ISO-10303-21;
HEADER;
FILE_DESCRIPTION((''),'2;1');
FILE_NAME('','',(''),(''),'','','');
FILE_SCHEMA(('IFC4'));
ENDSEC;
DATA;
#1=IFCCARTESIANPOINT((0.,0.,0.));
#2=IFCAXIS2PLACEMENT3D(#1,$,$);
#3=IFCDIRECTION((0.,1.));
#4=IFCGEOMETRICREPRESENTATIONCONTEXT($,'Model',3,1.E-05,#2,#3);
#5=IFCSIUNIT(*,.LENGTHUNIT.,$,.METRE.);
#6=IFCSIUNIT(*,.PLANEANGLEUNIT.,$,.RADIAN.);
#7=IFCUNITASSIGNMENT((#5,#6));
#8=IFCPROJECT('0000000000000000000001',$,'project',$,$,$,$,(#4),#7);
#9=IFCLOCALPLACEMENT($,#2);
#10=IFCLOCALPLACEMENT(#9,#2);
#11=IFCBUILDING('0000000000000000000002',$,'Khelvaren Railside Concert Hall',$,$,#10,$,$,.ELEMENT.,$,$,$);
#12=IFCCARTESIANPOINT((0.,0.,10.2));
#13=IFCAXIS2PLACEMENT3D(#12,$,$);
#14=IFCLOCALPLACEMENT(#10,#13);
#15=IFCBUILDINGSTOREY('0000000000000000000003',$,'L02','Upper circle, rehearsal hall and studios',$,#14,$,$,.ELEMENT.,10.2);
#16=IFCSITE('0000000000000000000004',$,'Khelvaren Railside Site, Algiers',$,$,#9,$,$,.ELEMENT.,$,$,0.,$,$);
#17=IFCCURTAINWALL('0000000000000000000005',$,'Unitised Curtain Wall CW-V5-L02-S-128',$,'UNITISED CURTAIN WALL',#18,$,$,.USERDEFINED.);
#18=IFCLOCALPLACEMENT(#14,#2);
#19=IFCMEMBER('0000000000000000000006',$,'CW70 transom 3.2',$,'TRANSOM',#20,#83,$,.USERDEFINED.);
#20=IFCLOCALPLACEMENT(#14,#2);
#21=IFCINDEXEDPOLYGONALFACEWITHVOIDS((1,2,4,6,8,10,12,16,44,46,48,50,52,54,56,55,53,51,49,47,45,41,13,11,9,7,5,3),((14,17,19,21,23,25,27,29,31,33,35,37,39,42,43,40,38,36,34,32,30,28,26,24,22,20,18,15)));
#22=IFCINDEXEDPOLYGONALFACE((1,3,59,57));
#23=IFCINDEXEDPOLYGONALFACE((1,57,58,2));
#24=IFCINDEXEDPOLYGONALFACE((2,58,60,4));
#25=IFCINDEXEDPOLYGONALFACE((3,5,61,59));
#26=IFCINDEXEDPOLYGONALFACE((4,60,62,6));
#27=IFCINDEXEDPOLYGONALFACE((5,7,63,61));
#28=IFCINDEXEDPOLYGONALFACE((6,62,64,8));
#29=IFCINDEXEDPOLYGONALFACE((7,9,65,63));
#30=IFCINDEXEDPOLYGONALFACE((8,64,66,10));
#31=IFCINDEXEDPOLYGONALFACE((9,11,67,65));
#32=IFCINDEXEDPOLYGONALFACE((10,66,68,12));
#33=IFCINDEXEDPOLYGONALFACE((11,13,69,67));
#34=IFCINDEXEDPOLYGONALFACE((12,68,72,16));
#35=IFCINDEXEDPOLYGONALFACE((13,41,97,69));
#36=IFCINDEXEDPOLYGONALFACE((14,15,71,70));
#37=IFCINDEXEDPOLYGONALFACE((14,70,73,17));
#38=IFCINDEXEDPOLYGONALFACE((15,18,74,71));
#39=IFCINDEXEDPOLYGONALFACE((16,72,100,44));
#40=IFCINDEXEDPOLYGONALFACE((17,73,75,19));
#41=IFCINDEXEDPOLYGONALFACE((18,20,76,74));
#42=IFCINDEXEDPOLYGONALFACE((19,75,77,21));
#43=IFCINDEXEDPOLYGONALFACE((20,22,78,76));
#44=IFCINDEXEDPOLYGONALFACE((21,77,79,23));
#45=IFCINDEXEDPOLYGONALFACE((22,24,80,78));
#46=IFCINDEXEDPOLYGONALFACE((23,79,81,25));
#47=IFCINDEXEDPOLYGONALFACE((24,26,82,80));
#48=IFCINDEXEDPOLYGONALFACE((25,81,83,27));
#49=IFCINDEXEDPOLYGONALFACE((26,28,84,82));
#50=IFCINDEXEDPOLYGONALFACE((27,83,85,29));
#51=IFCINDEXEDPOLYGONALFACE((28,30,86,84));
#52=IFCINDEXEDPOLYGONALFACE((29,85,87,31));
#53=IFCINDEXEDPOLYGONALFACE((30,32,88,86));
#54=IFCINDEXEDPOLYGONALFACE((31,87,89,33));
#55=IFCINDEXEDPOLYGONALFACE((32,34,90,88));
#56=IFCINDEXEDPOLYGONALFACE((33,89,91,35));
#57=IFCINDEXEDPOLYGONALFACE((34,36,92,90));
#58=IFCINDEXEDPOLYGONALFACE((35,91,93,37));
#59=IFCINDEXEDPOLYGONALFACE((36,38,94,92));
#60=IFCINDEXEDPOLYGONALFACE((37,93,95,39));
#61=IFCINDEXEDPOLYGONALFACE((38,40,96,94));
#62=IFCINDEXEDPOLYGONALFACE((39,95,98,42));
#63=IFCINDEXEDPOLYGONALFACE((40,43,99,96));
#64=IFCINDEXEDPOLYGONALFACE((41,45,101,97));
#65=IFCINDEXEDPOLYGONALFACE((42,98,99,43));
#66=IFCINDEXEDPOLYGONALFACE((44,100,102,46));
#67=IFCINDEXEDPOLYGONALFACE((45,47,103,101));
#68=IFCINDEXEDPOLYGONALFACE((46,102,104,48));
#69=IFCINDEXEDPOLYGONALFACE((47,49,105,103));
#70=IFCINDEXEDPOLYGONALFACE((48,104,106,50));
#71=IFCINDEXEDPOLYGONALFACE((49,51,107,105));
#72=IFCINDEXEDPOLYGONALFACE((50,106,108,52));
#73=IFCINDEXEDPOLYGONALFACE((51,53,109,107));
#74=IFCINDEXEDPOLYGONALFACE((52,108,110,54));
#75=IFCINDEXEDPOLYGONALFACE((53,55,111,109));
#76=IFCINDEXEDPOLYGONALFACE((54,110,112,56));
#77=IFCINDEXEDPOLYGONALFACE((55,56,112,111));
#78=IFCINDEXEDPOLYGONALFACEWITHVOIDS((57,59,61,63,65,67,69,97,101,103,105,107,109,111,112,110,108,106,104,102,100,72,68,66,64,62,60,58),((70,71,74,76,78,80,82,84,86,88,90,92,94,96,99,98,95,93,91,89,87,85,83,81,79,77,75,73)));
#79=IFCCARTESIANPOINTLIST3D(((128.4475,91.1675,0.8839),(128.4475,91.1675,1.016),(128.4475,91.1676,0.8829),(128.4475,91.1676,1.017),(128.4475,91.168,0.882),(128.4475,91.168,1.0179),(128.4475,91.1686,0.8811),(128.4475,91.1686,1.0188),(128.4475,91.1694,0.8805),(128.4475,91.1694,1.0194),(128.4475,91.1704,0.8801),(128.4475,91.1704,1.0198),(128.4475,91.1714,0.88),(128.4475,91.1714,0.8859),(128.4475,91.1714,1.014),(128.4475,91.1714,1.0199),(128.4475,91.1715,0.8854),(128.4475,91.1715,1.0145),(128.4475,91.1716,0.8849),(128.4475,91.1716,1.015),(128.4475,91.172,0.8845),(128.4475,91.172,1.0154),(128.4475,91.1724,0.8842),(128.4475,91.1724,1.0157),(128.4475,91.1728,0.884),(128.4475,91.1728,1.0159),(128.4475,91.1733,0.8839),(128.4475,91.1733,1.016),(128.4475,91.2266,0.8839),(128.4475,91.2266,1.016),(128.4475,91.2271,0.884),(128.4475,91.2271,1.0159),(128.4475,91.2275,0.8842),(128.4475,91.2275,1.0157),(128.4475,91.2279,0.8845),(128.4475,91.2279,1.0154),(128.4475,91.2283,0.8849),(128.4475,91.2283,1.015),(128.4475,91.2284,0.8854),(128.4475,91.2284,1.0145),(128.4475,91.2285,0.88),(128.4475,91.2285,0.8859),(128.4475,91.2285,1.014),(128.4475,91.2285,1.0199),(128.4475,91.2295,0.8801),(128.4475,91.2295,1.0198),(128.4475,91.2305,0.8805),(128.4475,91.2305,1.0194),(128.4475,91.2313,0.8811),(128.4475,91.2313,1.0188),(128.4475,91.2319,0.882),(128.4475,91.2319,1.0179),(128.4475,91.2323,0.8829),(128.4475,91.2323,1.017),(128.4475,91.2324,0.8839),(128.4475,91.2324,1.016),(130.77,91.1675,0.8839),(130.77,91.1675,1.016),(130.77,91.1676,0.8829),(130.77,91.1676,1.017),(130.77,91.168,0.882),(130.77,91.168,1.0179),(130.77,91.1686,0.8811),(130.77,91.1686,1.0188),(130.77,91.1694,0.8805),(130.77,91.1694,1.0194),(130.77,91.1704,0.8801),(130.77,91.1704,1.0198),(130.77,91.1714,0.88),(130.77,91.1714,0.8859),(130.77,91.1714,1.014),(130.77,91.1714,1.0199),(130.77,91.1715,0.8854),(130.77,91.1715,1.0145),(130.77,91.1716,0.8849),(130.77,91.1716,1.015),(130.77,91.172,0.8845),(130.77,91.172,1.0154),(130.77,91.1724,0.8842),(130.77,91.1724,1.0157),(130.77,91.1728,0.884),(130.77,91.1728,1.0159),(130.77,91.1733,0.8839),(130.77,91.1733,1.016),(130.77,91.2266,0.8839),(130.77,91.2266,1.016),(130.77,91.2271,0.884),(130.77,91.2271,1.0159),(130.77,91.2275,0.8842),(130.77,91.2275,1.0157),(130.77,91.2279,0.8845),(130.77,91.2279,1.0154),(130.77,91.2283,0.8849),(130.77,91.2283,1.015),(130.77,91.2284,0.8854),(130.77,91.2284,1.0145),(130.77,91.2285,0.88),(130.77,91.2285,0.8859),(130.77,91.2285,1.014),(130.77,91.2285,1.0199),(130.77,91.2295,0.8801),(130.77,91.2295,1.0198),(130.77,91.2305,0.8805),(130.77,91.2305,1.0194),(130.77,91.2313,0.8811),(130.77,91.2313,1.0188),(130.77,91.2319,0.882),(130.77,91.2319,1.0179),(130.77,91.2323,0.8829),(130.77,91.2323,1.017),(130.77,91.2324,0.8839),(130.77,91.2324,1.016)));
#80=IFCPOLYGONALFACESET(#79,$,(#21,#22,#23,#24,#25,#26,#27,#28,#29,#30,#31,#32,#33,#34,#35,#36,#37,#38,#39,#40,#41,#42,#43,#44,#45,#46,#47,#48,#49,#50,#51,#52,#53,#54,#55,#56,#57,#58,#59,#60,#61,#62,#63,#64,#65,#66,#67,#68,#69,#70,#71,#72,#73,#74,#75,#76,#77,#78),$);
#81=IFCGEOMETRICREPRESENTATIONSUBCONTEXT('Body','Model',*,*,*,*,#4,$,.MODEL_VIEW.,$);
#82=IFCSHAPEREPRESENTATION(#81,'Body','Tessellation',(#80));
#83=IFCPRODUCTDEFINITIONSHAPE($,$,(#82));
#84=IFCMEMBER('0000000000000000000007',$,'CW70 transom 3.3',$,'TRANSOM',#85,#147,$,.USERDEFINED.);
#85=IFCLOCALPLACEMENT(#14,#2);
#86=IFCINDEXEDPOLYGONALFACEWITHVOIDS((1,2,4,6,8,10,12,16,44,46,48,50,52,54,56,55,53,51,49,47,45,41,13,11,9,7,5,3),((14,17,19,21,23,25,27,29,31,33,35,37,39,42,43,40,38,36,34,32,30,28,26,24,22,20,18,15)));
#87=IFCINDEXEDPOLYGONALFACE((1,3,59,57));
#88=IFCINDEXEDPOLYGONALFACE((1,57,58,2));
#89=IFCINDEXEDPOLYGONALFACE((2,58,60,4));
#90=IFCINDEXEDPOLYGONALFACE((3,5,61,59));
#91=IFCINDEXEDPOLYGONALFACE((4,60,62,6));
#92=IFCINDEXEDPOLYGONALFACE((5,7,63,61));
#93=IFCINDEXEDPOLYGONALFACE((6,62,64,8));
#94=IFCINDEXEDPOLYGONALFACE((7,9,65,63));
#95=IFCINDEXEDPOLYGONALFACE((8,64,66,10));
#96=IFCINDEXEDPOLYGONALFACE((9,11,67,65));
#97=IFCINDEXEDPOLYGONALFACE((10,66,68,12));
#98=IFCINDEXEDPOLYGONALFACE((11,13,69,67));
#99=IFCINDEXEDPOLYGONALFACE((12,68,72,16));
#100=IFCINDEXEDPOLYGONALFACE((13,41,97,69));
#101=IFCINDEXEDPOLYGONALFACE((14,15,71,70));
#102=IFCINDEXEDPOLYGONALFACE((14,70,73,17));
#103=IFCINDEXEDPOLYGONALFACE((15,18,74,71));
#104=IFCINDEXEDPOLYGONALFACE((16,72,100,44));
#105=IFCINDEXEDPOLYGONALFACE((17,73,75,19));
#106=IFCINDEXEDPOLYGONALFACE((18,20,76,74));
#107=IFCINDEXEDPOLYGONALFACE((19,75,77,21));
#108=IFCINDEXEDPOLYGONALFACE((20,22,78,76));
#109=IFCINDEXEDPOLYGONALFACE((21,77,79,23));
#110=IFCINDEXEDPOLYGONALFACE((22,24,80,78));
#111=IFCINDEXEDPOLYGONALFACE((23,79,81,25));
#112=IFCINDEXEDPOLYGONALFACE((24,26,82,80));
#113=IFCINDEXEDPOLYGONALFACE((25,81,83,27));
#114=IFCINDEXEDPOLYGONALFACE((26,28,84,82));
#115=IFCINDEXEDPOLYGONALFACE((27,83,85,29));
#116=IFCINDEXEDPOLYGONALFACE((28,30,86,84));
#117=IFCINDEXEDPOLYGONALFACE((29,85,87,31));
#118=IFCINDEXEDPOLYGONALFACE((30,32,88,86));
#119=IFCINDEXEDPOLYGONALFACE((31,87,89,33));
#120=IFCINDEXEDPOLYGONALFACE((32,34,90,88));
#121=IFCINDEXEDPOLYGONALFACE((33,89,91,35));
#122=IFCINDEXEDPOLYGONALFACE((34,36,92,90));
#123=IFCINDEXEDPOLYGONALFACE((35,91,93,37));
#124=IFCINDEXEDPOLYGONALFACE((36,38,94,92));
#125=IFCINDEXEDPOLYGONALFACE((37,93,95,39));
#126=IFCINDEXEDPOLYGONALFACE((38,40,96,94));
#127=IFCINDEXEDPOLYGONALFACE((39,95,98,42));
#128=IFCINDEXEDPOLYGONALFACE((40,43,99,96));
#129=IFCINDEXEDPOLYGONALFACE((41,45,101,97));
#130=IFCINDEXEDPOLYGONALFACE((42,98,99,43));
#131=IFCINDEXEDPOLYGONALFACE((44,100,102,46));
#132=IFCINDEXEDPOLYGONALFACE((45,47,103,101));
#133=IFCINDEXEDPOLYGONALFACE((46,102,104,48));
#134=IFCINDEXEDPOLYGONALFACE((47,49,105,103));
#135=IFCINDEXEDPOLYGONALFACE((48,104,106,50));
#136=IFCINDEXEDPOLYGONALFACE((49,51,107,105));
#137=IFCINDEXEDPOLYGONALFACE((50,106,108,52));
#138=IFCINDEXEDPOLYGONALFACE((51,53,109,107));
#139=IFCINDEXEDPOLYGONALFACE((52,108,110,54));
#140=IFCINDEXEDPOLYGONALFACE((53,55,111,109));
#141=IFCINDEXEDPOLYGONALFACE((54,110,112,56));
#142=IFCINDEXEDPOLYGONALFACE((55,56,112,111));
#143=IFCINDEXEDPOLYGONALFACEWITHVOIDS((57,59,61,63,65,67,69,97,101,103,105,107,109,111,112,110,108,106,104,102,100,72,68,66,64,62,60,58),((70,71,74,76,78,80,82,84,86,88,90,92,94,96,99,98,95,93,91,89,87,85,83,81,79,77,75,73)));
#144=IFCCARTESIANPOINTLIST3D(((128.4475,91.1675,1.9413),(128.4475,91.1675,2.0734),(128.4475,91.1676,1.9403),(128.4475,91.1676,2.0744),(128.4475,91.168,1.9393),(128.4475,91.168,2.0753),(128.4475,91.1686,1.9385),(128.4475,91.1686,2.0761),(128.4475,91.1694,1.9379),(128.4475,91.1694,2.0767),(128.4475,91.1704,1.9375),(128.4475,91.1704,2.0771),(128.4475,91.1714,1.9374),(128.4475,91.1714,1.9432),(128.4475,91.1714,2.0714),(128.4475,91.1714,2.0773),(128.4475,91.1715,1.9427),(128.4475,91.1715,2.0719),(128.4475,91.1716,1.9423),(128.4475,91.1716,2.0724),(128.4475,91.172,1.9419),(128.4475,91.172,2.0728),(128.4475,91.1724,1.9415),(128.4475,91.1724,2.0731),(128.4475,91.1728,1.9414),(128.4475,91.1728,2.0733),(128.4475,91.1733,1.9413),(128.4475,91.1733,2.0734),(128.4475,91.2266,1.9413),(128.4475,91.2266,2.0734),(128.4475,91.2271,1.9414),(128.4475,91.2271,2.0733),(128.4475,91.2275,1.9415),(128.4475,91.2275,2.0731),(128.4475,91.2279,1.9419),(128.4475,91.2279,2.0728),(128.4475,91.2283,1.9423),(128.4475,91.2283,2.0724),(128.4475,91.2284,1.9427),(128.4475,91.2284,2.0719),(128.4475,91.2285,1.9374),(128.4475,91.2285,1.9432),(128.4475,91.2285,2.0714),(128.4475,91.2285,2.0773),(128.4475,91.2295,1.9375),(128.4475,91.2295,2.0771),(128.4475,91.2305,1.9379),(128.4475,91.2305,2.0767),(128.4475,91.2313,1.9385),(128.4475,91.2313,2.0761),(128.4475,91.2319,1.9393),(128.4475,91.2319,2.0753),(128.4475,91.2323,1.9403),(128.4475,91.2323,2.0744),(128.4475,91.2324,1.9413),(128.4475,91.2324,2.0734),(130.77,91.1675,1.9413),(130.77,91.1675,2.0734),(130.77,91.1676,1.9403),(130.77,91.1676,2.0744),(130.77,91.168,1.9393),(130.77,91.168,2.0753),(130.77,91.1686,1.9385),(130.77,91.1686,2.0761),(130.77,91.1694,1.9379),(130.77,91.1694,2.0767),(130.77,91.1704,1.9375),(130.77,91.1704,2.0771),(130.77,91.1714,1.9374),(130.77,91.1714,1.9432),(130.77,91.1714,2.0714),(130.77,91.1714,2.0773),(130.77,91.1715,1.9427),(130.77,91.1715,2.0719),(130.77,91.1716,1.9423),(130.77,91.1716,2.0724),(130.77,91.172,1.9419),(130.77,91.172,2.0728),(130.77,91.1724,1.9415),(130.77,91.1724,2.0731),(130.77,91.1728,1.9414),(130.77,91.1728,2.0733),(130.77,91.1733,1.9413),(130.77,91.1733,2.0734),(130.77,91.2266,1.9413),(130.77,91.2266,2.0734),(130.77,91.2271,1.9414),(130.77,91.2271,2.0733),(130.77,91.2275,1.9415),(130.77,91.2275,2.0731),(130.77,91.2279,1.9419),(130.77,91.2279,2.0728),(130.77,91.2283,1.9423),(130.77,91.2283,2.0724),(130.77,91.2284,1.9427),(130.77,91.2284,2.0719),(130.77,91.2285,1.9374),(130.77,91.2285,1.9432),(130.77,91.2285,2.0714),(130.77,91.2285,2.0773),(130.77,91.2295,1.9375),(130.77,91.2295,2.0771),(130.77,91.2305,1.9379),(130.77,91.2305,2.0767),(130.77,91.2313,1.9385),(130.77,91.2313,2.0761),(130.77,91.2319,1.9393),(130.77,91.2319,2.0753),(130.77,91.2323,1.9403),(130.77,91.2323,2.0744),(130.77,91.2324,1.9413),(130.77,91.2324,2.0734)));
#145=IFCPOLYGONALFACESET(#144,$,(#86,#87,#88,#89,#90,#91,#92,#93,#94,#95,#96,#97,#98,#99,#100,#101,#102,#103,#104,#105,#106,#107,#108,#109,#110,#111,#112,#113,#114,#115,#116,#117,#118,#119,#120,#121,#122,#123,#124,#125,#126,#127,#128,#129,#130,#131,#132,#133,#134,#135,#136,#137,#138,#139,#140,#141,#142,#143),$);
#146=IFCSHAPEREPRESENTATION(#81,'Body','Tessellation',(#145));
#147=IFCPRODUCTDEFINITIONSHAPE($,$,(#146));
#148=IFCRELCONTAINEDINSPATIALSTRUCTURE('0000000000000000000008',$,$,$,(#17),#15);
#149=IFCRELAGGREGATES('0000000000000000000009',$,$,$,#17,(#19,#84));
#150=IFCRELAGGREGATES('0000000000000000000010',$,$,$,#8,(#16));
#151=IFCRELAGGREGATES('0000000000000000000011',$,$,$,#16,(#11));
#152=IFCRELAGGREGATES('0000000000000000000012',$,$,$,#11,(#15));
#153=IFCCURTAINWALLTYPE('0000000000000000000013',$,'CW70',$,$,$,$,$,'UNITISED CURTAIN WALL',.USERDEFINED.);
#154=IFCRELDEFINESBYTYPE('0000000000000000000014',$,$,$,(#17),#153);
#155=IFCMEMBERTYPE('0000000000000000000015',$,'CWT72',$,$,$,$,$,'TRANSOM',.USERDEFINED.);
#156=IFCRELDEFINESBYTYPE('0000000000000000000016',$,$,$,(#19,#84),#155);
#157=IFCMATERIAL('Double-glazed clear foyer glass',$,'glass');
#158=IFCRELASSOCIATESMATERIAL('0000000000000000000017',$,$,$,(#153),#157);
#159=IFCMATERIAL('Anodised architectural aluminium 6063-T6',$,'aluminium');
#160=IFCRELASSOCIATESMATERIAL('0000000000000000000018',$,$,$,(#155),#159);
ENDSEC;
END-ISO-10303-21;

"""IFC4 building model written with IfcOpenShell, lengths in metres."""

from ifc_helpers import new_model, si_unit, direction, frame, origin, origin_2d, place, context, subcontext, project, spatial, hollow_rectangle, extrude, material, material_profile, profile_set, type_object, element, aggregate, save


model = new_model("IFC4")

# Units and contexts
model_context = context("Model", 3, precision=1e-05, world=origin(), true_north=direction((0.0, 1.0)))
body_context = subcontext(model_context, "Body", "Model", "MODEL_VIEW")
ifc_project = project(units=[si_unit("LENGTHUNIT", "METRE"), si_unit("PLANEANGLEUNIT", "RADIAN")], contexts=[model_context])

# Site, building, storey
site_placement = place(None, origin())
site = spatial("IfcSite", under=ifc_project, at=site_placement, Name="Khelvaren Railside Site, Algiers", CompositionType="ELEMENT", RefElevation=0.0)
building_placement = place(site_placement, origin())
building = spatial("IfcBuilding", under=site, at=building_placement, Name="Khelvaren Railside Concert Hall", CompositionType="ELEMENT")
storey_placement = place(building_placement, frame((0.0, 0.0, 10.2)))
storey = spatial("IfcBuildingStorey", under=building, at=storey_placement, Name="L02", Description="Upper circle, rehearsal hall and studios", CompositionType="ELEMENT", Elevation=10.2)

# Curtain wall, members
ifc_material_1 = material(Name="Double-glazed clear foyer glass", Category="glass")
curtain_wall_type = type_object("IfcCurtainWallType", Name="CW70", ElementType="UNITISED CURTAIN WALL", PredefinedType="USERDEFINED", material=ifc_material_1)
curtain_wall_placement = place(storey_placement, origin())
curtain_wall = element("IfcCurtainWall", 1, at=curtain_wall_placement, inside=storey, type_object=curtain_wall_type, Name="Unitised Curtain Wall CW-V5-L02-S-128", ObjectType="UNITISED CURTAIN WALL", PredefinedType="USERDEFINED")
ifc_material_2 = material(Name="Anodised architectural aluminium 6063-T6", Category="aluminium")
ifc_material_profile_1 = material_profile(ifc_material_2, hollow_rectangle(XDim=0.0649, YDim=0.1399, WallThickness=0.0039, InnerFilletRadius=0.002, OuterFilletRadius=0.0039, at=origin_2d()), Name="CWT 65x140x4")
ifc_profile_set_1 = profile_set([ifc_material_profile_1], Name="Anodised architectural aluminium 6063-T6")
member_type_1 = type_object("IfcMemberType", Name="CWT72", ElementType="TRANSOM", PredefinedType="USERDEFINED", material=ifc_profile_set_1)
member_1_placement = place(storey_placement, frame((130.77, 91.2, 0.95), z_axis=(-1.0, 0.0, 0.0), x_axis=(0.0, -1.0, 0.0)))
member_1 = element("IfcMember", 2, at=member_1_placement, type_object=member_type_1, Name="CW70 transom 3.2", ObjectType="TRANSOM", PredefinedType="USERDEFINED", context=body_context, shape_type="SweptSolid", body=[
    extrude(hollow_rectangle(XDim=0.0649, YDim=0.1399, WallThickness=0.0039, InnerFilletRadius=0.002, OuterFilletRadius=0.0039, at=origin_2d()), origin(), (0.0, 0.0, 1.0), 2.3225),
])
member_2_placement = place(storey_placement, frame((130.77, 91.2, 2.0073), z_axis=(-1.0, 0.0, 0.0), x_axis=(0.0, -1.0, 0.0)))
member_2 = element("IfcMember", 3, at=member_2_placement, type_object=member_type_1, Name="CW70 transom 3.3", ObjectType="TRANSOM", PredefinedType="USERDEFINED", context=body_context, shape_type="SweptSolid", body=[
    extrude(hollow_rectangle(XDim=0.0649, YDim=0.1399, WallThickness=0.0039, InnerFilletRadius=0.002, OuterFilletRadius=0.0039, at=origin_2d()), origin(), (0.0, 0.0, 1.0), 2.3225),
])

aggregate(curtain_wall, [member_1, member_2])

save(model, "model.ifc")
